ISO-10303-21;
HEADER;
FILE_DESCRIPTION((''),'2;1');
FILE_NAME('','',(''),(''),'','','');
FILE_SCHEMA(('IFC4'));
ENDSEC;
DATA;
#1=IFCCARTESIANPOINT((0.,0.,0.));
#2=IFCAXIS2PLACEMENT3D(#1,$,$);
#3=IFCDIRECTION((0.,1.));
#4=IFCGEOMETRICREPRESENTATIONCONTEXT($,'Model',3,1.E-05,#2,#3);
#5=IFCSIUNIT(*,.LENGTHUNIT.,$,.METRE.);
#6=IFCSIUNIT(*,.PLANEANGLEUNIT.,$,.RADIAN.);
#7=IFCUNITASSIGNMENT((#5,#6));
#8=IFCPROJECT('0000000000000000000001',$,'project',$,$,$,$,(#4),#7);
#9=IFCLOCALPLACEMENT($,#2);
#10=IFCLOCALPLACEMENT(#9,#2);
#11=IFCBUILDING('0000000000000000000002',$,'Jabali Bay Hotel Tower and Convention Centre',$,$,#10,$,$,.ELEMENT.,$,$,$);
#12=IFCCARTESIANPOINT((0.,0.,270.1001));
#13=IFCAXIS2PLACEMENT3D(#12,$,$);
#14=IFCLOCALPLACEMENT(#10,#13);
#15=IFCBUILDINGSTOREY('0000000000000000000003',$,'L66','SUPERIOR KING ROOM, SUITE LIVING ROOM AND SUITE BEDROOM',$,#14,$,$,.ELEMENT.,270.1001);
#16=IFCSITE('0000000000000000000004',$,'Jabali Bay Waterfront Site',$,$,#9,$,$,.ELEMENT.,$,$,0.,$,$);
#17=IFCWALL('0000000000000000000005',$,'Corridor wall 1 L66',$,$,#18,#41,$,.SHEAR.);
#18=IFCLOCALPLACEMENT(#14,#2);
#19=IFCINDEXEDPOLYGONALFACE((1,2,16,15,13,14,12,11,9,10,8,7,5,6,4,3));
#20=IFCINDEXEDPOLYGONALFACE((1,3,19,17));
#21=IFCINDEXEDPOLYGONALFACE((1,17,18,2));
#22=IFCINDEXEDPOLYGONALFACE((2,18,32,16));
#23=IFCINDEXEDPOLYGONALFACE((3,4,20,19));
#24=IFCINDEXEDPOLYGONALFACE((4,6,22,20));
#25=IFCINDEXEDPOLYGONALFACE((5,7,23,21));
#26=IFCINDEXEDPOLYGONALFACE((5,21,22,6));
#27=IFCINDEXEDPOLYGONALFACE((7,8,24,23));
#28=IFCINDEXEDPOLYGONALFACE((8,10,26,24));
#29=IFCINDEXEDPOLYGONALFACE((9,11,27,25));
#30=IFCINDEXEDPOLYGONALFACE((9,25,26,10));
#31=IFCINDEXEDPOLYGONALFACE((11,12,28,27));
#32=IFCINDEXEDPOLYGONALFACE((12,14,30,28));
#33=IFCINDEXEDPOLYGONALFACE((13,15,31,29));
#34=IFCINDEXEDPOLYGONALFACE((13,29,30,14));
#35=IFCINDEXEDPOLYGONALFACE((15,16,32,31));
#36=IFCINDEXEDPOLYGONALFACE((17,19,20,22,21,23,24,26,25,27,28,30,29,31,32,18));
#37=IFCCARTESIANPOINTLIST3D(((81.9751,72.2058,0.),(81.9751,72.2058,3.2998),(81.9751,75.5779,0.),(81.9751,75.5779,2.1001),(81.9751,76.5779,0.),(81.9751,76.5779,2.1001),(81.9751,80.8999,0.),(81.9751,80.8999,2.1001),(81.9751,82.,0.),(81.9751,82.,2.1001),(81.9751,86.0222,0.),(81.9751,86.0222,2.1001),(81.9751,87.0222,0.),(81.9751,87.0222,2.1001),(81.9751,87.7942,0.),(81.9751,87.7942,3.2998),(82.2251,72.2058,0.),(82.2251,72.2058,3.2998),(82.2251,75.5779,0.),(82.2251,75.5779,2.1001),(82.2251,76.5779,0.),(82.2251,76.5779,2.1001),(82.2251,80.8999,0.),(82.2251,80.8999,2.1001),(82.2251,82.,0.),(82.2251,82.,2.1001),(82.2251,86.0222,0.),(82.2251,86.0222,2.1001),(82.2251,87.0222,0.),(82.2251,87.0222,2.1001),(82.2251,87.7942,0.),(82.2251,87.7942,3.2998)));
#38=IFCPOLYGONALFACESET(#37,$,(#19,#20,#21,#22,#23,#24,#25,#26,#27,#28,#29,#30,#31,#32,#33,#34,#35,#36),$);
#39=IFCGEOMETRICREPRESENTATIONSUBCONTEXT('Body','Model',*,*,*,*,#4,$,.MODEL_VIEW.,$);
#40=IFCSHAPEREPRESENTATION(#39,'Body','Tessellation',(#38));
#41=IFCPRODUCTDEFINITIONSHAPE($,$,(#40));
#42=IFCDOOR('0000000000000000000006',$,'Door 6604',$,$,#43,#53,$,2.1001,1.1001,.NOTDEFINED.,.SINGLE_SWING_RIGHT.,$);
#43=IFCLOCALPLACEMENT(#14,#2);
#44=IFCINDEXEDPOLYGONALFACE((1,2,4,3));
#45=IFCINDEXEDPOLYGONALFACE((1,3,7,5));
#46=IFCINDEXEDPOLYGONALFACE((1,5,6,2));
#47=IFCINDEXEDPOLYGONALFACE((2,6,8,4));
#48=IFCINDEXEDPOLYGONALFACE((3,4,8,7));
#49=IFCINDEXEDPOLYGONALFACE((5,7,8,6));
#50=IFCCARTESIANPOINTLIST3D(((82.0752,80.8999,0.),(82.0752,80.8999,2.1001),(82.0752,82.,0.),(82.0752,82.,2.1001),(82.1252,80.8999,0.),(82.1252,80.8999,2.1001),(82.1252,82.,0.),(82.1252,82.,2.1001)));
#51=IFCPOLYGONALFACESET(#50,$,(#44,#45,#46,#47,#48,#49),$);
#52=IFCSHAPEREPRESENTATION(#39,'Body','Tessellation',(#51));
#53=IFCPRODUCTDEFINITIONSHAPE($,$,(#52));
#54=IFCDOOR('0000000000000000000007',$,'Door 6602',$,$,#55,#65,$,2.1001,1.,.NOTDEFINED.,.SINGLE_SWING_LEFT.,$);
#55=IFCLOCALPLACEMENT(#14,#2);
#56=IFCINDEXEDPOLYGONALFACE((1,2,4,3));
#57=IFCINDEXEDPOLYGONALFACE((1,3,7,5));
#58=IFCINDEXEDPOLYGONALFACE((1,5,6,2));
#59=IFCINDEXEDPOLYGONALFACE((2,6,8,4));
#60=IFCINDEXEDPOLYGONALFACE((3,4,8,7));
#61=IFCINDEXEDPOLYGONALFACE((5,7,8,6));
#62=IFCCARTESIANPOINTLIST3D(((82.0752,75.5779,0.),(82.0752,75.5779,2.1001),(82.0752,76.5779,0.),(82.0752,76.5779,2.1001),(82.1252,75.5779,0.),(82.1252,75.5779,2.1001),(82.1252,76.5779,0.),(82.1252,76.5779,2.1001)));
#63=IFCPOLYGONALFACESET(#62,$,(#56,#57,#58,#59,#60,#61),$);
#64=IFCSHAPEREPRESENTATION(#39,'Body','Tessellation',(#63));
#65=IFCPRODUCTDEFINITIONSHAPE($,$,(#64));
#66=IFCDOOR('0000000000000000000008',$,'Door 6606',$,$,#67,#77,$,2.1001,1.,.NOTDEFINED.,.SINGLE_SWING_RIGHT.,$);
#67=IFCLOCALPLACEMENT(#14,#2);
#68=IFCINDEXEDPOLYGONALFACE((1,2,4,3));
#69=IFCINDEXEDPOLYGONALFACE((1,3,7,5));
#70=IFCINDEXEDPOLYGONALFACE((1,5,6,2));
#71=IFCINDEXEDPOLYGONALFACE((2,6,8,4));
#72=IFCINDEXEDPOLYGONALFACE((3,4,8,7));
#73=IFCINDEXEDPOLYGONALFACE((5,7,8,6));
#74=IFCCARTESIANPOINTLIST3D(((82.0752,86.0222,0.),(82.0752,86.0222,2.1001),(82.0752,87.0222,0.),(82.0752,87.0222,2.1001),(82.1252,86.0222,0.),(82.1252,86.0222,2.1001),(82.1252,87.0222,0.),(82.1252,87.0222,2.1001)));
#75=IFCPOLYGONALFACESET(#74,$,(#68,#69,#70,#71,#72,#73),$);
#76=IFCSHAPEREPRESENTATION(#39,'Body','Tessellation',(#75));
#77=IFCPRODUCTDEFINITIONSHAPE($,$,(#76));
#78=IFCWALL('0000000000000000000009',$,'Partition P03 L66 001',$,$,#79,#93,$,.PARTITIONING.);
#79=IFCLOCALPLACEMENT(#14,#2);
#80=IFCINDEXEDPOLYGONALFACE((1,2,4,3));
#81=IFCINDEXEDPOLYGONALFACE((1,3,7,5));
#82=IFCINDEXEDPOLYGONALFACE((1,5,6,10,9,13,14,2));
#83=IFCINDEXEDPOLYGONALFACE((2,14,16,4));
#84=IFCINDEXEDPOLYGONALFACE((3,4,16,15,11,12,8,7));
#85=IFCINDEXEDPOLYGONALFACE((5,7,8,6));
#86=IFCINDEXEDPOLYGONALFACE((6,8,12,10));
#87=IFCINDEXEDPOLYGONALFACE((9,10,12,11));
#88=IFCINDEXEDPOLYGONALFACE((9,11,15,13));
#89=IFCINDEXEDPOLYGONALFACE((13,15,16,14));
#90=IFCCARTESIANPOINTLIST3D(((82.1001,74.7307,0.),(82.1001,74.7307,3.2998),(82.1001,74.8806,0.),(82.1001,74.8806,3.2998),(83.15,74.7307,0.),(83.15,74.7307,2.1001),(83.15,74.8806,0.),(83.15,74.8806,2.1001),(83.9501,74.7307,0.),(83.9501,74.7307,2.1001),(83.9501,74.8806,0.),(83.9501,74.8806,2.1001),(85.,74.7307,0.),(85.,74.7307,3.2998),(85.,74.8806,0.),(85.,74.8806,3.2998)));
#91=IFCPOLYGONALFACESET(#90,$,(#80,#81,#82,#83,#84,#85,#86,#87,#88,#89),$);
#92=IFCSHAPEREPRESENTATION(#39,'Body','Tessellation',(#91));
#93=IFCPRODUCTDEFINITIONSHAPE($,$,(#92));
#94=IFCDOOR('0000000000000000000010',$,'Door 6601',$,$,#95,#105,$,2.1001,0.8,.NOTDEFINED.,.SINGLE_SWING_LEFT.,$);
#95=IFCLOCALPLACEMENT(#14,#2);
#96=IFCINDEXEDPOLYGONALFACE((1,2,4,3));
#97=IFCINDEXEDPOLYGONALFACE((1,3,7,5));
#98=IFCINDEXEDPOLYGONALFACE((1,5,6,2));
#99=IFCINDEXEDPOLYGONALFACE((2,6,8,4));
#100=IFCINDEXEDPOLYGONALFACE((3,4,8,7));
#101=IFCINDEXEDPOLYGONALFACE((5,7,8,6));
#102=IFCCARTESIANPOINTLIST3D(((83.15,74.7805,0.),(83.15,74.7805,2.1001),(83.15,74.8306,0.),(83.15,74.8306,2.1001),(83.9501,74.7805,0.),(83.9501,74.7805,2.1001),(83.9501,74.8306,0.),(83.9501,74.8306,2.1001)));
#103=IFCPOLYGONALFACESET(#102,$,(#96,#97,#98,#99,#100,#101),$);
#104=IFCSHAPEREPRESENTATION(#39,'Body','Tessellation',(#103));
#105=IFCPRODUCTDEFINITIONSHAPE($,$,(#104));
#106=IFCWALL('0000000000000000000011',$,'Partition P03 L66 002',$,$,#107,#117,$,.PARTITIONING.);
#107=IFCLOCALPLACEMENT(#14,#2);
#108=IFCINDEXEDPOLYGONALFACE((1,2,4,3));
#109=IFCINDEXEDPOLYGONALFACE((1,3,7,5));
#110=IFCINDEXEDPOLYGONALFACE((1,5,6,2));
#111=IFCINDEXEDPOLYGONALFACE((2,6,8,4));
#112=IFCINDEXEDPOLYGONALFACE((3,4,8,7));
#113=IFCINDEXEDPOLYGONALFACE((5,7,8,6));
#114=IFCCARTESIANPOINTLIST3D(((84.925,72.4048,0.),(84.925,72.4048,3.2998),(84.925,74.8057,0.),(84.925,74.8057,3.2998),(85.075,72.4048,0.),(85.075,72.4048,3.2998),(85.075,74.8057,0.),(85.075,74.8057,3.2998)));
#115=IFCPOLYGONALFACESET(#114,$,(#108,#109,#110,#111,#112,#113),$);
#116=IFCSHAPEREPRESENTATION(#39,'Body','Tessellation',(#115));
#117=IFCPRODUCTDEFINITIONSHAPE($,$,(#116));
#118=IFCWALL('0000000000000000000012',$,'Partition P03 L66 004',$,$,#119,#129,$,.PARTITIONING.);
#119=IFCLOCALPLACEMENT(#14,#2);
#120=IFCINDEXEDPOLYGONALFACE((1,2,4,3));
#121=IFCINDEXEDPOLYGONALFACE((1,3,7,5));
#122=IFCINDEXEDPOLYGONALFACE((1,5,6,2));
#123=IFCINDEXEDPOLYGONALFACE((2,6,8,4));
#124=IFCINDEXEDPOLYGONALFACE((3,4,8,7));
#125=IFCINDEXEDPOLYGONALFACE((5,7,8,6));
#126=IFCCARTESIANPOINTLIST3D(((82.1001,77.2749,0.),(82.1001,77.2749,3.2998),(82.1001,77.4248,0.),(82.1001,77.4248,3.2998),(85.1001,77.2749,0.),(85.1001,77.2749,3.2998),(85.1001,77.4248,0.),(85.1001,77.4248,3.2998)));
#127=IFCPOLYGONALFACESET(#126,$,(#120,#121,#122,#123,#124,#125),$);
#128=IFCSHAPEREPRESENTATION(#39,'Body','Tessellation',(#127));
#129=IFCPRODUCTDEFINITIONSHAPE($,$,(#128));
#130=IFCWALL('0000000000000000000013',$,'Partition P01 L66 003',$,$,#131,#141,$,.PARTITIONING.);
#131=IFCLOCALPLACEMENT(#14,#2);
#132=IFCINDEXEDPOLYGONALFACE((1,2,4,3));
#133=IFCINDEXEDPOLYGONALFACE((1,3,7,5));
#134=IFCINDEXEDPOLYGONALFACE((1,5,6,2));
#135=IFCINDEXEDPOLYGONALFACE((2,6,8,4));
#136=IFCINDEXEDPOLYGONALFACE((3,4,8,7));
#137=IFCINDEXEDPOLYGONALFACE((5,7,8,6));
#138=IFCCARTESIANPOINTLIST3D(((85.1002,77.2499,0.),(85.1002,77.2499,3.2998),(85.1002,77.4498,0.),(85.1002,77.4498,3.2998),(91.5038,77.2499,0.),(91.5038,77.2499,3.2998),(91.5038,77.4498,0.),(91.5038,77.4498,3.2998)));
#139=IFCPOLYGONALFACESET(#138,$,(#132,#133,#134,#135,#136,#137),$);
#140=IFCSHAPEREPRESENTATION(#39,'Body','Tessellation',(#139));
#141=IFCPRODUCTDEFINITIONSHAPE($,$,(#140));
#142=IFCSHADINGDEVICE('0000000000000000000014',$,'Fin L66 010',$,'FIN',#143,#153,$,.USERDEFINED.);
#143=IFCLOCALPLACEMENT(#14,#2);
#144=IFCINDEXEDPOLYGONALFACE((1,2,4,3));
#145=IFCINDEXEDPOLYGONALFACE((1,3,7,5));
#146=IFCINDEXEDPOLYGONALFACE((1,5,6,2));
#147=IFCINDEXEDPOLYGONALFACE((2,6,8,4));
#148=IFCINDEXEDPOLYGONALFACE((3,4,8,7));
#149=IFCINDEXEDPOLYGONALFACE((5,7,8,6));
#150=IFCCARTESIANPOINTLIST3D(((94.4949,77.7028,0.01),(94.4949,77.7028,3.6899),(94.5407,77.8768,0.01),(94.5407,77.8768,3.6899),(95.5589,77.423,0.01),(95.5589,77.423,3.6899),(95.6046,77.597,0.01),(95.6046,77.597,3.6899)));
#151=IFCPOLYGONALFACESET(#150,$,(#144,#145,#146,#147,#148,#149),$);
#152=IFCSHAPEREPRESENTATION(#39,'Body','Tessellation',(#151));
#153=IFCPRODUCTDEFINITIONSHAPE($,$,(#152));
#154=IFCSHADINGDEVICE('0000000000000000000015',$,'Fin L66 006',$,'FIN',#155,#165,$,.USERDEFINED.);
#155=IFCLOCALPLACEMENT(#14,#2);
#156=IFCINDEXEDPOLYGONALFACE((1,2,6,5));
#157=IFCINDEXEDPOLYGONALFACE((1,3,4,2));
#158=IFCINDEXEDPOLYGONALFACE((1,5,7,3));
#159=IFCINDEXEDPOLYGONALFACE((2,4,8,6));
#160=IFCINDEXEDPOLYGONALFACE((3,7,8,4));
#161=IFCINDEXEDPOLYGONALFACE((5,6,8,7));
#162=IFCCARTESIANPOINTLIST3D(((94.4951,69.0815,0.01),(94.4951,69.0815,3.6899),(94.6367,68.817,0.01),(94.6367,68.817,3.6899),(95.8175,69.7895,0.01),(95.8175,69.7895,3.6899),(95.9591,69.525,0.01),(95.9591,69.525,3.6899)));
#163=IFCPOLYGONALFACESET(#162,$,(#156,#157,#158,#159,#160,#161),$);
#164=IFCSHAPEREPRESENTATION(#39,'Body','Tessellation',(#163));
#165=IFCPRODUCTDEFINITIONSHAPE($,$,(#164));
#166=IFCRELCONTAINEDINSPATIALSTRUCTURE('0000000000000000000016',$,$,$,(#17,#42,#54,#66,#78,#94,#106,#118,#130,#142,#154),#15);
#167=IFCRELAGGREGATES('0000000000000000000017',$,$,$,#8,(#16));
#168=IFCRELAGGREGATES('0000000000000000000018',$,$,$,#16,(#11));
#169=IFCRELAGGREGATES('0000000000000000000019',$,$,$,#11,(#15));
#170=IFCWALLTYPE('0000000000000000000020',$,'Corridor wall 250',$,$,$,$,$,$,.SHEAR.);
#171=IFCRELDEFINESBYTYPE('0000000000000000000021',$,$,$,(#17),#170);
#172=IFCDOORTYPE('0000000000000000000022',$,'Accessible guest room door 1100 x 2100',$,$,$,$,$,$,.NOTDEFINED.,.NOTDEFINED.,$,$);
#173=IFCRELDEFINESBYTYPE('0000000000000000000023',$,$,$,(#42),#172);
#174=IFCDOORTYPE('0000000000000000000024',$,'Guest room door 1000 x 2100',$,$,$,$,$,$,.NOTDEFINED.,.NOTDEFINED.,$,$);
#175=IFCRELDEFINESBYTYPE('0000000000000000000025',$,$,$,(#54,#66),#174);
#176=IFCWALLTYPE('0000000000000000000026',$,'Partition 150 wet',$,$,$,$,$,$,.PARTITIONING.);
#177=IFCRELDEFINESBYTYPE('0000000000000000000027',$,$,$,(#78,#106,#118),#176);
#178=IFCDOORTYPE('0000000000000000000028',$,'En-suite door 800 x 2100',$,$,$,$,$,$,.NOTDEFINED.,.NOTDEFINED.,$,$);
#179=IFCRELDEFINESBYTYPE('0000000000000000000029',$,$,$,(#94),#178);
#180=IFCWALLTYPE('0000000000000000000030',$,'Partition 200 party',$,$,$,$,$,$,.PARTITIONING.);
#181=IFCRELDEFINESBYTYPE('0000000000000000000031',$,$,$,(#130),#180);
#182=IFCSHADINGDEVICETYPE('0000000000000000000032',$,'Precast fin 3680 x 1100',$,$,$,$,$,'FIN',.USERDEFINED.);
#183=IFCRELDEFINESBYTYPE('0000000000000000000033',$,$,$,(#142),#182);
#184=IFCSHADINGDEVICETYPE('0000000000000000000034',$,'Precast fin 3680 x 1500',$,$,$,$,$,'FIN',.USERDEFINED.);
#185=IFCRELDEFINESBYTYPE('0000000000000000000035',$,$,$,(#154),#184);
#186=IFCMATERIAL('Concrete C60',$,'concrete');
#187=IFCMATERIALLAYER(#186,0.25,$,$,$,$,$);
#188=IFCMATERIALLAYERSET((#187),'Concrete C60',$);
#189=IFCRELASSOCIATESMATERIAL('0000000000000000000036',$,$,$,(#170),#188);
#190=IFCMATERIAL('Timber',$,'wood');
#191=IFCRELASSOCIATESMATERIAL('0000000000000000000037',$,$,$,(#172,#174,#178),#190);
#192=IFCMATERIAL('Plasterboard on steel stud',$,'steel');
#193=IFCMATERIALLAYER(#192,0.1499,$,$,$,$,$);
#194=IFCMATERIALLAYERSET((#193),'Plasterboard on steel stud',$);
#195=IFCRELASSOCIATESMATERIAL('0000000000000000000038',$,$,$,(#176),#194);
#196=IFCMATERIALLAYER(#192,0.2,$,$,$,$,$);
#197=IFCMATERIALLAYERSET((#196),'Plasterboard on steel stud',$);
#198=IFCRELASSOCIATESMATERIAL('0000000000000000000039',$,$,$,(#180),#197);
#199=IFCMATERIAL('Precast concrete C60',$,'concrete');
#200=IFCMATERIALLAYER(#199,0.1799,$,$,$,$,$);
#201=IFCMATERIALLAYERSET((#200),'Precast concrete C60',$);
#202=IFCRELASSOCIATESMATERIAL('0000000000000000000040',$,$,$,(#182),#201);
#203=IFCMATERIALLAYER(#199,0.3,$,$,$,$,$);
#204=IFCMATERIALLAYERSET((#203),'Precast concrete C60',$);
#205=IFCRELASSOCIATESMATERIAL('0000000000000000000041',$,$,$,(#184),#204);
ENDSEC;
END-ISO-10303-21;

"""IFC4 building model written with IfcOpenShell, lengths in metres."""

from ifc_helpers import new_model, si_unit, direction, frame, frame_2d, origin, place, context, subcontext, project, spatial, rectangle, extrude, material, layer, layer_set, type_object, element, fill, save


model = new_model("IFC4")

# Units and contexts
model_context = context("Model", 3, precision=1e-05, world=origin(), true_north=direction((0.0, 1.0)))
body_context = subcontext(model_context, "Body", "Model", "MODEL_VIEW")
ifc_project = project(units=[si_unit("LENGTHUNIT", "METRE"), si_unit("PLANEANGLEUNIT", "RADIAN")], contexts=[model_context])

# Site, building, storey
site_placement = place(None, origin())
site = spatial("IfcSite", under=ifc_project, at=site_placement, Name="Jabali Bay Waterfront Site", CompositionType="ELEMENT", RefElevation=0.0)
building_placement = place(site_placement, origin())
building = spatial("IfcBuilding", under=site, at=building_placement, Name="Jabali Bay Hotel Tower and Convention Centre", CompositionType="ELEMENT")
storey_placement = place(building_placement, frame((0.0, 0.0, 270.1001)))
storey = spatial("IfcBuildingStorey", under=building, at=storey_placement, Name="L66", Description="SUPERIOR KING ROOM, SUITE LIVING ROOM AND SUITE BEDROOM", CompositionType="ELEMENT", Elevation=270.1001)

# Shared definitions
ifc_material_1 = material(Name="Concrete C60", Category="concrete")

# Wall, openings, doors
ifc_layer_1 = layer(ifc_material_1, 0.25)
ifc_layer_set_1 = layer_set([ifc_layer_1], Name="Concrete C60")
wall_type_1 = type_object("IfcWallType", Name="Corridor wall 250", PredefinedType="SHEAR", material=ifc_layer_set_1)
wall_1_placement = place(storey_placement, frame((82.1001, 72.2058, 0.0), z_axis=(0.0, 0.0, 1.0), x_axis=(0.0, 1.0, 0.0)))
wall_1 = element("IfcWall", 1, at=wall_1_placement, inside=storey, type_object=wall_type_1, Name="Corridor wall 1 L66", PredefinedType="SHEAR", context=body_context, shape_type="SweptSolid", body=[
    extrude(rectangle(XDim=15.5884, YDim=0.25, at=frame_2d((7.7942, 0.0))), origin(), (0.0, 0.0, 1.0), 3.2998),
])
opening_1_placement = place(wall_1_placement, frame((3.3721, 0.0, 0.0)))
opening_1 = element("IfcOpeningElement", 2, at=opening_1_placement, cuts=wall_1, PredefinedType="OPENING", context=body_context, shape_type="SweptSolid", body=[
    extrude(rectangle(XDim=1.0, YDim=2.1001, at=frame_2d((0.5, 1.05))), frame((0.0, 0.1355, 0.0), z_axis=(0.0, -1.0, 0.0), x_axis=(1.0, 0.0, 0.0)), (0.0, 0.0, 1.0), 0.271),
])
opening_2_placement = place(wall_1_placement, frame((8.6941, 0.0, 0.0)))
opening_2 = element("IfcOpeningElement", 3, at=opening_2_placement, cuts=wall_1, PredefinedType="OPENING", context=body_context, shape_type="SweptSolid", body=[
    extrude(rectangle(XDim=1.1001, YDim=2.1001, at=frame_2d((0.55, 1.05))), frame((0.0, 0.1355, 0.0), z_axis=(0.0, -1.0, 0.0), x_axis=(1.0, 0.0, 0.0)), (0.0, 0.0, 1.0), 0.271),
])
opening_3_placement = place(wall_1_placement, frame((13.8164, 0.0, 0.0)))
opening_3 = element("IfcOpeningElement", 4, at=opening_3_placement, cuts=wall_1, PredefinedType="OPENING", context=body_context, shape_type="SweptSolid", body=[
    extrude(rectangle(XDim=1.0, YDim=2.1001, at=frame_2d((0.5, 1.05))), frame((0.0, 0.1355, 0.0), z_axis=(0.0, -1.0, 0.0), x_axis=(1.0, 0.0, 0.0)), (0.0, 0.0, 1.0), 0.271),
])
ifc_material_2 = material(Name="Timber", Category="wood")
door_type_1 = type_object("IfcDoorType", Name="Accessible guest room door 1100 x 2100", OperationType="NOTDEFINED", PredefinedType="NOTDEFINED", material=ifc_material_2)
door_1_placement = place(opening_2_placement, origin())
door_1 = element("IfcDoor", 5, at=door_1_placement, inside=storey, type_object=door_type_1, Name="Door 6604", OperationType="SINGLE_SWING_RIGHT", OverallHeight=2.1001, OverallWidth=1.1001, PredefinedType="NOTDEFINED", context=body_context, shape_type="SweptSolid", body=[
    extrude(rectangle(XDim=1.1001, YDim=2.1001, at=frame_2d((0.55, 1.05))), frame((0.0, 0.0249, 0.0), z_axis=(0.0, -1.0, 0.0), x_axis=(1.0, 0.0, 0.0)), (0.0, 0.0, 1.0), 0.05),
])
fill(opening_2, door_1)
door_type_2 = type_object("IfcDoorType", Name="Guest room door 1000 x 2100", OperationType="NOTDEFINED", PredefinedType="NOTDEFINED", material=ifc_material_2)
door_2_placement = place(opening_1_placement, origin())
door_2 = element("IfcDoor", 6, at=door_2_placement, inside=storey, type_object=door_type_2, Name="Door 6602", OperationType="SINGLE_SWING_LEFT", OverallHeight=2.1001, OverallWidth=1.0, PredefinedType="NOTDEFINED", context=body_context, shape_type="SweptSolid", body=[
    extrude(rectangle(XDim=1.0, YDim=2.1001, at=frame_2d((0.5, 1.05))), frame((0.0, 0.0249, 0.0), z_axis=(0.0, -1.0, 0.0), x_axis=(1.0, 0.0, 0.0)), (0.0, 0.0, 1.0), 0.05),
])
fill(opening_1, door_2)
door_3_placement = place(opening_3_placement, origin())
door_3 = element("IfcDoor", 7, at=door_3_placement, inside=storey, type_object=door_type_2, Name="Door 6606", OperationType="SINGLE_SWING_RIGHT", OverallHeight=2.1001, OverallWidth=1.0, PredefinedType="NOTDEFINED", context=body_context, shape_type="SweptSolid", body=[
    extrude(rectangle(XDim=1.0, YDim=2.1001, at=frame_2d((0.5, 1.05))), frame((0.0, 0.0249, 0.0), z_axis=(0.0, -1.0, 0.0), x_axis=(1.0, 0.0, 0.0)), (0.0, 0.0, 1.0), 0.05),
])
fill(opening_3, door_3)

# Wall, opening, door
ifc_material_3 = material(Name="Plasterboard on steel stud", Category="steel")
ifc_layer_2 = layer(ifc_material_3, 0.1499)
ifc_layer_set_2 = layer_set([ifc_layer_2], Name="Plasterboard on steel stud")
wall_type_2 = type_object("IfcWallType", Name="Partition 150 wet", PredefinedType="PARTITIONING", material=ifc_layer_set_2)
wall_2_placement = place(storey_placement, frame((82.1001, 74.8057, 0.0), z_axis=(0.0, 0.0, 1.0), x_axis=(1.0, 0.0, 0.0)))
wall_2 = element("IfcWall", 8, at=wall_2_placement, inside=storey, type_object=wall_type_2, Name="Partition P03 L66 001", PredefinedType="PARTITIONING", context=body_context, shape_type="SweptSolid", body=[
    extrude(rectangle(XDim=2.8999, YDim=0.1499, at=frame_2d((1.45, 0.0))), origin(), (0.0, 0.0, 1.0), 3.2998),
])
opening_4_placement = place(wall_2_placement, frame((1.05, 0.0, 0.0)))
opening_4 = element("IfcOpeningElement", 9, at=opening_4_placement, cuts=wall_2, PredefinedType="OPENING", context=body_context, shape_type="SweptSolid", body=[
    extrude(rectangle(XDim=0.8, YDim=2.1001, at=frame_2d((0.3999, 1.05))), frame((0.0, 0.0854, 0.0), z_axis=(0.0, -1.0, 0.0), x_axis=(1.0, 0.0, 0.0)), (0.0, 0.0, 1.0), 0.1709),
])
door_type_3 = type_object("IfcDoorType", Name="En-suite door 800 x 2100", OperationType="NOTDEFINED", PredefinedType="NOTDEFINED", material=ifc_material_2)
door_4_placement = place(opening_4_placement, origin())
door_4 = element("IfcDoor", 10, at=door_4_placement, inside=storey, type_object=door_type_3, Name="Door 6601", OperationType="SINGLE_SWING_LEFT", OverallHeight=2.1001, OverallWidth=0.8, PredefinedType="NOTDEFINED", context=body_context, shape_type="SweptSolid", body=[
    extrude(rectangle(XDim=0.8, YDim=2.1001, at=frame_2d((0.3999, 1.05))), frame((0.0, 0.0249, 0.0), z_axis=(0.0, -1.0, 0.0), x_axis=(1.0, 0.0, 0.0)), (0.0, 0.0, 1.0), 0.05),
])
fill(opening_4, door_4)

# Walls
wall_3_placement = place(storey_placement, frame((85.0, 74.8057, 0.0), z_axis=(0.0, 0.0, 1.0), x_axis=(0.0, -1.0, 0.0)))
element("IfcWall", 11, at=wall_3_placement, inside=storey, type_object=wall_type_2, Name="Partition P03 L66 002", PredefinedType="PARTITIONING", context=body_context, shape_type="SweptSolid", body=[
    extrude(rectangle(XDim=2.4009, YDim=0.1499, at=frame_2d((1.2004, 0.0))), origin(), (0.0, 0.0, 1.0), 3.2998),
])
wall_4_placement = place(storey_placement, frame((85.1001, 77.3499, 0.0), z_axis=(0.0, 0.0, 1.0), x_axis=(-1.0, 0.0, 0.0)))
element("IfcWall", 12, at=wall_4_placement, inside=storey, type_object=wall_type_2, Name="Partition P03 L66 004", PredefinedType="PARTITIONING", context=body_context, shape_type="SweptSolid", body=[
    extrude(rectangle(XDim=3.0, YDim=0.1499, at=frame_2d((1.5, 0.0))), origin(), (0.0, 0.0, 1.0), 3.2998),
])
ifc_layer_3 = layer(ifc_material_3, 0.2)
ifc_layer_set_3 = layer_set([ifc_layer_3], Name="Plasterboard on steel stud")
wall_type_3 = type_object("IfcWallType", Name="Partition 200 party", PredefinedType="PARTITIONING", material=ifc_layer_set_3)
wall_5_placement = place(storey_placement, frame((91.5037, 77.3499, 0.0), z_axis=(0.0, 0.0, 1.0), x_axis=(-1.0, 0.0, 0.0)))
element("IfcWall", 13, at=wall_5_placement, inside=storey, type_object=wall_type_3, Name="Partition P01 L66 003", PredefinedType="PARTITIONING", context=body_context, shape_type="SweptSolid", body=[
    extrude(rectangle(XDim=6.4036, YDim=0.2, at=frame_2d((3.2017, 0.0))), origin(), (0.0, 0.0, 1.0), 3.2998),
])

# Shading devices
ifc_material_4 = material(Name="Precast concrete C60", Category="concrete")
ifc_layer_4 = layer(ifc_material_4, 0.1799)
ifc_layer_set_4 = layer_set([ifc_layer_4], Name="Precast concrete C60")
shading_device_type_1 = type_object("IfcShadingDeviceType", Name="Precast fin 3680 x 1100", ElementType="FIN", PredefinedType="USERDEFINED", material=ifc_layer_set_4)
shading_device_1_placement = place(storey_placement, frame((94.5178, 77.7898, 0.01), z_axis=(0.0, 0.0, 1.0), x_axis=(0.967121, -0.254319, 0.0)))
element("IfcShadingDevice", 14, at=shading_device_1_placement, inside=storey, type_object=shading_device_type_1, Name="Fin L66 010", ObjectType="FIN", PredefinedType="USERDEFINED", context=body_context, shape_type="SweptSolid", body=[
    extrude(rectangle(XDim=1.1001, YDim=0.1799, at=frame_2d((0.55, 0.0))), origin(), (0.0, 0.0, 1.0), 3.6799),
])
ifc_layer_5 = layer(ifc_material_4, 0.3)
ifc_layer_set_5 = layer_set([ifc_layer_5], Name="Precast concrete C60")
shading_device_type_2 = type_object("IfcShadingDeviceType", Name="Precast fin 3680 x 1500", ElementType="FIN", PredefinedType="USERDEFINED", material=ifc_layer_set_5)
for number, where, z_axis, x_axis, name in (
    (15, (94.5659, 68.9492, 0.01), (0.0, 0.0, 1.0), (0.881577, 0.472041, 0.0), "Fin L66 006"),
):
    element("IfcShadingDevice", number, at=place(storey_placement, frame(where, z_axis=z_axis, x_axis=x_axis)), inside=storey, type_object=shading_device_type_2, Name=name, ObjectType="FIN", PredefinedType="USERDEFINED", context=body_context, shape_type="SweptSolid", body=[
        extrude(rectangle(XDim=1.5, YDim=0.3, at=frame_2d((0.75, 0.0))), origin(), (0.0, 0.0, 1.0), 3.6799),
    ])

save(model, "model.ifc")
